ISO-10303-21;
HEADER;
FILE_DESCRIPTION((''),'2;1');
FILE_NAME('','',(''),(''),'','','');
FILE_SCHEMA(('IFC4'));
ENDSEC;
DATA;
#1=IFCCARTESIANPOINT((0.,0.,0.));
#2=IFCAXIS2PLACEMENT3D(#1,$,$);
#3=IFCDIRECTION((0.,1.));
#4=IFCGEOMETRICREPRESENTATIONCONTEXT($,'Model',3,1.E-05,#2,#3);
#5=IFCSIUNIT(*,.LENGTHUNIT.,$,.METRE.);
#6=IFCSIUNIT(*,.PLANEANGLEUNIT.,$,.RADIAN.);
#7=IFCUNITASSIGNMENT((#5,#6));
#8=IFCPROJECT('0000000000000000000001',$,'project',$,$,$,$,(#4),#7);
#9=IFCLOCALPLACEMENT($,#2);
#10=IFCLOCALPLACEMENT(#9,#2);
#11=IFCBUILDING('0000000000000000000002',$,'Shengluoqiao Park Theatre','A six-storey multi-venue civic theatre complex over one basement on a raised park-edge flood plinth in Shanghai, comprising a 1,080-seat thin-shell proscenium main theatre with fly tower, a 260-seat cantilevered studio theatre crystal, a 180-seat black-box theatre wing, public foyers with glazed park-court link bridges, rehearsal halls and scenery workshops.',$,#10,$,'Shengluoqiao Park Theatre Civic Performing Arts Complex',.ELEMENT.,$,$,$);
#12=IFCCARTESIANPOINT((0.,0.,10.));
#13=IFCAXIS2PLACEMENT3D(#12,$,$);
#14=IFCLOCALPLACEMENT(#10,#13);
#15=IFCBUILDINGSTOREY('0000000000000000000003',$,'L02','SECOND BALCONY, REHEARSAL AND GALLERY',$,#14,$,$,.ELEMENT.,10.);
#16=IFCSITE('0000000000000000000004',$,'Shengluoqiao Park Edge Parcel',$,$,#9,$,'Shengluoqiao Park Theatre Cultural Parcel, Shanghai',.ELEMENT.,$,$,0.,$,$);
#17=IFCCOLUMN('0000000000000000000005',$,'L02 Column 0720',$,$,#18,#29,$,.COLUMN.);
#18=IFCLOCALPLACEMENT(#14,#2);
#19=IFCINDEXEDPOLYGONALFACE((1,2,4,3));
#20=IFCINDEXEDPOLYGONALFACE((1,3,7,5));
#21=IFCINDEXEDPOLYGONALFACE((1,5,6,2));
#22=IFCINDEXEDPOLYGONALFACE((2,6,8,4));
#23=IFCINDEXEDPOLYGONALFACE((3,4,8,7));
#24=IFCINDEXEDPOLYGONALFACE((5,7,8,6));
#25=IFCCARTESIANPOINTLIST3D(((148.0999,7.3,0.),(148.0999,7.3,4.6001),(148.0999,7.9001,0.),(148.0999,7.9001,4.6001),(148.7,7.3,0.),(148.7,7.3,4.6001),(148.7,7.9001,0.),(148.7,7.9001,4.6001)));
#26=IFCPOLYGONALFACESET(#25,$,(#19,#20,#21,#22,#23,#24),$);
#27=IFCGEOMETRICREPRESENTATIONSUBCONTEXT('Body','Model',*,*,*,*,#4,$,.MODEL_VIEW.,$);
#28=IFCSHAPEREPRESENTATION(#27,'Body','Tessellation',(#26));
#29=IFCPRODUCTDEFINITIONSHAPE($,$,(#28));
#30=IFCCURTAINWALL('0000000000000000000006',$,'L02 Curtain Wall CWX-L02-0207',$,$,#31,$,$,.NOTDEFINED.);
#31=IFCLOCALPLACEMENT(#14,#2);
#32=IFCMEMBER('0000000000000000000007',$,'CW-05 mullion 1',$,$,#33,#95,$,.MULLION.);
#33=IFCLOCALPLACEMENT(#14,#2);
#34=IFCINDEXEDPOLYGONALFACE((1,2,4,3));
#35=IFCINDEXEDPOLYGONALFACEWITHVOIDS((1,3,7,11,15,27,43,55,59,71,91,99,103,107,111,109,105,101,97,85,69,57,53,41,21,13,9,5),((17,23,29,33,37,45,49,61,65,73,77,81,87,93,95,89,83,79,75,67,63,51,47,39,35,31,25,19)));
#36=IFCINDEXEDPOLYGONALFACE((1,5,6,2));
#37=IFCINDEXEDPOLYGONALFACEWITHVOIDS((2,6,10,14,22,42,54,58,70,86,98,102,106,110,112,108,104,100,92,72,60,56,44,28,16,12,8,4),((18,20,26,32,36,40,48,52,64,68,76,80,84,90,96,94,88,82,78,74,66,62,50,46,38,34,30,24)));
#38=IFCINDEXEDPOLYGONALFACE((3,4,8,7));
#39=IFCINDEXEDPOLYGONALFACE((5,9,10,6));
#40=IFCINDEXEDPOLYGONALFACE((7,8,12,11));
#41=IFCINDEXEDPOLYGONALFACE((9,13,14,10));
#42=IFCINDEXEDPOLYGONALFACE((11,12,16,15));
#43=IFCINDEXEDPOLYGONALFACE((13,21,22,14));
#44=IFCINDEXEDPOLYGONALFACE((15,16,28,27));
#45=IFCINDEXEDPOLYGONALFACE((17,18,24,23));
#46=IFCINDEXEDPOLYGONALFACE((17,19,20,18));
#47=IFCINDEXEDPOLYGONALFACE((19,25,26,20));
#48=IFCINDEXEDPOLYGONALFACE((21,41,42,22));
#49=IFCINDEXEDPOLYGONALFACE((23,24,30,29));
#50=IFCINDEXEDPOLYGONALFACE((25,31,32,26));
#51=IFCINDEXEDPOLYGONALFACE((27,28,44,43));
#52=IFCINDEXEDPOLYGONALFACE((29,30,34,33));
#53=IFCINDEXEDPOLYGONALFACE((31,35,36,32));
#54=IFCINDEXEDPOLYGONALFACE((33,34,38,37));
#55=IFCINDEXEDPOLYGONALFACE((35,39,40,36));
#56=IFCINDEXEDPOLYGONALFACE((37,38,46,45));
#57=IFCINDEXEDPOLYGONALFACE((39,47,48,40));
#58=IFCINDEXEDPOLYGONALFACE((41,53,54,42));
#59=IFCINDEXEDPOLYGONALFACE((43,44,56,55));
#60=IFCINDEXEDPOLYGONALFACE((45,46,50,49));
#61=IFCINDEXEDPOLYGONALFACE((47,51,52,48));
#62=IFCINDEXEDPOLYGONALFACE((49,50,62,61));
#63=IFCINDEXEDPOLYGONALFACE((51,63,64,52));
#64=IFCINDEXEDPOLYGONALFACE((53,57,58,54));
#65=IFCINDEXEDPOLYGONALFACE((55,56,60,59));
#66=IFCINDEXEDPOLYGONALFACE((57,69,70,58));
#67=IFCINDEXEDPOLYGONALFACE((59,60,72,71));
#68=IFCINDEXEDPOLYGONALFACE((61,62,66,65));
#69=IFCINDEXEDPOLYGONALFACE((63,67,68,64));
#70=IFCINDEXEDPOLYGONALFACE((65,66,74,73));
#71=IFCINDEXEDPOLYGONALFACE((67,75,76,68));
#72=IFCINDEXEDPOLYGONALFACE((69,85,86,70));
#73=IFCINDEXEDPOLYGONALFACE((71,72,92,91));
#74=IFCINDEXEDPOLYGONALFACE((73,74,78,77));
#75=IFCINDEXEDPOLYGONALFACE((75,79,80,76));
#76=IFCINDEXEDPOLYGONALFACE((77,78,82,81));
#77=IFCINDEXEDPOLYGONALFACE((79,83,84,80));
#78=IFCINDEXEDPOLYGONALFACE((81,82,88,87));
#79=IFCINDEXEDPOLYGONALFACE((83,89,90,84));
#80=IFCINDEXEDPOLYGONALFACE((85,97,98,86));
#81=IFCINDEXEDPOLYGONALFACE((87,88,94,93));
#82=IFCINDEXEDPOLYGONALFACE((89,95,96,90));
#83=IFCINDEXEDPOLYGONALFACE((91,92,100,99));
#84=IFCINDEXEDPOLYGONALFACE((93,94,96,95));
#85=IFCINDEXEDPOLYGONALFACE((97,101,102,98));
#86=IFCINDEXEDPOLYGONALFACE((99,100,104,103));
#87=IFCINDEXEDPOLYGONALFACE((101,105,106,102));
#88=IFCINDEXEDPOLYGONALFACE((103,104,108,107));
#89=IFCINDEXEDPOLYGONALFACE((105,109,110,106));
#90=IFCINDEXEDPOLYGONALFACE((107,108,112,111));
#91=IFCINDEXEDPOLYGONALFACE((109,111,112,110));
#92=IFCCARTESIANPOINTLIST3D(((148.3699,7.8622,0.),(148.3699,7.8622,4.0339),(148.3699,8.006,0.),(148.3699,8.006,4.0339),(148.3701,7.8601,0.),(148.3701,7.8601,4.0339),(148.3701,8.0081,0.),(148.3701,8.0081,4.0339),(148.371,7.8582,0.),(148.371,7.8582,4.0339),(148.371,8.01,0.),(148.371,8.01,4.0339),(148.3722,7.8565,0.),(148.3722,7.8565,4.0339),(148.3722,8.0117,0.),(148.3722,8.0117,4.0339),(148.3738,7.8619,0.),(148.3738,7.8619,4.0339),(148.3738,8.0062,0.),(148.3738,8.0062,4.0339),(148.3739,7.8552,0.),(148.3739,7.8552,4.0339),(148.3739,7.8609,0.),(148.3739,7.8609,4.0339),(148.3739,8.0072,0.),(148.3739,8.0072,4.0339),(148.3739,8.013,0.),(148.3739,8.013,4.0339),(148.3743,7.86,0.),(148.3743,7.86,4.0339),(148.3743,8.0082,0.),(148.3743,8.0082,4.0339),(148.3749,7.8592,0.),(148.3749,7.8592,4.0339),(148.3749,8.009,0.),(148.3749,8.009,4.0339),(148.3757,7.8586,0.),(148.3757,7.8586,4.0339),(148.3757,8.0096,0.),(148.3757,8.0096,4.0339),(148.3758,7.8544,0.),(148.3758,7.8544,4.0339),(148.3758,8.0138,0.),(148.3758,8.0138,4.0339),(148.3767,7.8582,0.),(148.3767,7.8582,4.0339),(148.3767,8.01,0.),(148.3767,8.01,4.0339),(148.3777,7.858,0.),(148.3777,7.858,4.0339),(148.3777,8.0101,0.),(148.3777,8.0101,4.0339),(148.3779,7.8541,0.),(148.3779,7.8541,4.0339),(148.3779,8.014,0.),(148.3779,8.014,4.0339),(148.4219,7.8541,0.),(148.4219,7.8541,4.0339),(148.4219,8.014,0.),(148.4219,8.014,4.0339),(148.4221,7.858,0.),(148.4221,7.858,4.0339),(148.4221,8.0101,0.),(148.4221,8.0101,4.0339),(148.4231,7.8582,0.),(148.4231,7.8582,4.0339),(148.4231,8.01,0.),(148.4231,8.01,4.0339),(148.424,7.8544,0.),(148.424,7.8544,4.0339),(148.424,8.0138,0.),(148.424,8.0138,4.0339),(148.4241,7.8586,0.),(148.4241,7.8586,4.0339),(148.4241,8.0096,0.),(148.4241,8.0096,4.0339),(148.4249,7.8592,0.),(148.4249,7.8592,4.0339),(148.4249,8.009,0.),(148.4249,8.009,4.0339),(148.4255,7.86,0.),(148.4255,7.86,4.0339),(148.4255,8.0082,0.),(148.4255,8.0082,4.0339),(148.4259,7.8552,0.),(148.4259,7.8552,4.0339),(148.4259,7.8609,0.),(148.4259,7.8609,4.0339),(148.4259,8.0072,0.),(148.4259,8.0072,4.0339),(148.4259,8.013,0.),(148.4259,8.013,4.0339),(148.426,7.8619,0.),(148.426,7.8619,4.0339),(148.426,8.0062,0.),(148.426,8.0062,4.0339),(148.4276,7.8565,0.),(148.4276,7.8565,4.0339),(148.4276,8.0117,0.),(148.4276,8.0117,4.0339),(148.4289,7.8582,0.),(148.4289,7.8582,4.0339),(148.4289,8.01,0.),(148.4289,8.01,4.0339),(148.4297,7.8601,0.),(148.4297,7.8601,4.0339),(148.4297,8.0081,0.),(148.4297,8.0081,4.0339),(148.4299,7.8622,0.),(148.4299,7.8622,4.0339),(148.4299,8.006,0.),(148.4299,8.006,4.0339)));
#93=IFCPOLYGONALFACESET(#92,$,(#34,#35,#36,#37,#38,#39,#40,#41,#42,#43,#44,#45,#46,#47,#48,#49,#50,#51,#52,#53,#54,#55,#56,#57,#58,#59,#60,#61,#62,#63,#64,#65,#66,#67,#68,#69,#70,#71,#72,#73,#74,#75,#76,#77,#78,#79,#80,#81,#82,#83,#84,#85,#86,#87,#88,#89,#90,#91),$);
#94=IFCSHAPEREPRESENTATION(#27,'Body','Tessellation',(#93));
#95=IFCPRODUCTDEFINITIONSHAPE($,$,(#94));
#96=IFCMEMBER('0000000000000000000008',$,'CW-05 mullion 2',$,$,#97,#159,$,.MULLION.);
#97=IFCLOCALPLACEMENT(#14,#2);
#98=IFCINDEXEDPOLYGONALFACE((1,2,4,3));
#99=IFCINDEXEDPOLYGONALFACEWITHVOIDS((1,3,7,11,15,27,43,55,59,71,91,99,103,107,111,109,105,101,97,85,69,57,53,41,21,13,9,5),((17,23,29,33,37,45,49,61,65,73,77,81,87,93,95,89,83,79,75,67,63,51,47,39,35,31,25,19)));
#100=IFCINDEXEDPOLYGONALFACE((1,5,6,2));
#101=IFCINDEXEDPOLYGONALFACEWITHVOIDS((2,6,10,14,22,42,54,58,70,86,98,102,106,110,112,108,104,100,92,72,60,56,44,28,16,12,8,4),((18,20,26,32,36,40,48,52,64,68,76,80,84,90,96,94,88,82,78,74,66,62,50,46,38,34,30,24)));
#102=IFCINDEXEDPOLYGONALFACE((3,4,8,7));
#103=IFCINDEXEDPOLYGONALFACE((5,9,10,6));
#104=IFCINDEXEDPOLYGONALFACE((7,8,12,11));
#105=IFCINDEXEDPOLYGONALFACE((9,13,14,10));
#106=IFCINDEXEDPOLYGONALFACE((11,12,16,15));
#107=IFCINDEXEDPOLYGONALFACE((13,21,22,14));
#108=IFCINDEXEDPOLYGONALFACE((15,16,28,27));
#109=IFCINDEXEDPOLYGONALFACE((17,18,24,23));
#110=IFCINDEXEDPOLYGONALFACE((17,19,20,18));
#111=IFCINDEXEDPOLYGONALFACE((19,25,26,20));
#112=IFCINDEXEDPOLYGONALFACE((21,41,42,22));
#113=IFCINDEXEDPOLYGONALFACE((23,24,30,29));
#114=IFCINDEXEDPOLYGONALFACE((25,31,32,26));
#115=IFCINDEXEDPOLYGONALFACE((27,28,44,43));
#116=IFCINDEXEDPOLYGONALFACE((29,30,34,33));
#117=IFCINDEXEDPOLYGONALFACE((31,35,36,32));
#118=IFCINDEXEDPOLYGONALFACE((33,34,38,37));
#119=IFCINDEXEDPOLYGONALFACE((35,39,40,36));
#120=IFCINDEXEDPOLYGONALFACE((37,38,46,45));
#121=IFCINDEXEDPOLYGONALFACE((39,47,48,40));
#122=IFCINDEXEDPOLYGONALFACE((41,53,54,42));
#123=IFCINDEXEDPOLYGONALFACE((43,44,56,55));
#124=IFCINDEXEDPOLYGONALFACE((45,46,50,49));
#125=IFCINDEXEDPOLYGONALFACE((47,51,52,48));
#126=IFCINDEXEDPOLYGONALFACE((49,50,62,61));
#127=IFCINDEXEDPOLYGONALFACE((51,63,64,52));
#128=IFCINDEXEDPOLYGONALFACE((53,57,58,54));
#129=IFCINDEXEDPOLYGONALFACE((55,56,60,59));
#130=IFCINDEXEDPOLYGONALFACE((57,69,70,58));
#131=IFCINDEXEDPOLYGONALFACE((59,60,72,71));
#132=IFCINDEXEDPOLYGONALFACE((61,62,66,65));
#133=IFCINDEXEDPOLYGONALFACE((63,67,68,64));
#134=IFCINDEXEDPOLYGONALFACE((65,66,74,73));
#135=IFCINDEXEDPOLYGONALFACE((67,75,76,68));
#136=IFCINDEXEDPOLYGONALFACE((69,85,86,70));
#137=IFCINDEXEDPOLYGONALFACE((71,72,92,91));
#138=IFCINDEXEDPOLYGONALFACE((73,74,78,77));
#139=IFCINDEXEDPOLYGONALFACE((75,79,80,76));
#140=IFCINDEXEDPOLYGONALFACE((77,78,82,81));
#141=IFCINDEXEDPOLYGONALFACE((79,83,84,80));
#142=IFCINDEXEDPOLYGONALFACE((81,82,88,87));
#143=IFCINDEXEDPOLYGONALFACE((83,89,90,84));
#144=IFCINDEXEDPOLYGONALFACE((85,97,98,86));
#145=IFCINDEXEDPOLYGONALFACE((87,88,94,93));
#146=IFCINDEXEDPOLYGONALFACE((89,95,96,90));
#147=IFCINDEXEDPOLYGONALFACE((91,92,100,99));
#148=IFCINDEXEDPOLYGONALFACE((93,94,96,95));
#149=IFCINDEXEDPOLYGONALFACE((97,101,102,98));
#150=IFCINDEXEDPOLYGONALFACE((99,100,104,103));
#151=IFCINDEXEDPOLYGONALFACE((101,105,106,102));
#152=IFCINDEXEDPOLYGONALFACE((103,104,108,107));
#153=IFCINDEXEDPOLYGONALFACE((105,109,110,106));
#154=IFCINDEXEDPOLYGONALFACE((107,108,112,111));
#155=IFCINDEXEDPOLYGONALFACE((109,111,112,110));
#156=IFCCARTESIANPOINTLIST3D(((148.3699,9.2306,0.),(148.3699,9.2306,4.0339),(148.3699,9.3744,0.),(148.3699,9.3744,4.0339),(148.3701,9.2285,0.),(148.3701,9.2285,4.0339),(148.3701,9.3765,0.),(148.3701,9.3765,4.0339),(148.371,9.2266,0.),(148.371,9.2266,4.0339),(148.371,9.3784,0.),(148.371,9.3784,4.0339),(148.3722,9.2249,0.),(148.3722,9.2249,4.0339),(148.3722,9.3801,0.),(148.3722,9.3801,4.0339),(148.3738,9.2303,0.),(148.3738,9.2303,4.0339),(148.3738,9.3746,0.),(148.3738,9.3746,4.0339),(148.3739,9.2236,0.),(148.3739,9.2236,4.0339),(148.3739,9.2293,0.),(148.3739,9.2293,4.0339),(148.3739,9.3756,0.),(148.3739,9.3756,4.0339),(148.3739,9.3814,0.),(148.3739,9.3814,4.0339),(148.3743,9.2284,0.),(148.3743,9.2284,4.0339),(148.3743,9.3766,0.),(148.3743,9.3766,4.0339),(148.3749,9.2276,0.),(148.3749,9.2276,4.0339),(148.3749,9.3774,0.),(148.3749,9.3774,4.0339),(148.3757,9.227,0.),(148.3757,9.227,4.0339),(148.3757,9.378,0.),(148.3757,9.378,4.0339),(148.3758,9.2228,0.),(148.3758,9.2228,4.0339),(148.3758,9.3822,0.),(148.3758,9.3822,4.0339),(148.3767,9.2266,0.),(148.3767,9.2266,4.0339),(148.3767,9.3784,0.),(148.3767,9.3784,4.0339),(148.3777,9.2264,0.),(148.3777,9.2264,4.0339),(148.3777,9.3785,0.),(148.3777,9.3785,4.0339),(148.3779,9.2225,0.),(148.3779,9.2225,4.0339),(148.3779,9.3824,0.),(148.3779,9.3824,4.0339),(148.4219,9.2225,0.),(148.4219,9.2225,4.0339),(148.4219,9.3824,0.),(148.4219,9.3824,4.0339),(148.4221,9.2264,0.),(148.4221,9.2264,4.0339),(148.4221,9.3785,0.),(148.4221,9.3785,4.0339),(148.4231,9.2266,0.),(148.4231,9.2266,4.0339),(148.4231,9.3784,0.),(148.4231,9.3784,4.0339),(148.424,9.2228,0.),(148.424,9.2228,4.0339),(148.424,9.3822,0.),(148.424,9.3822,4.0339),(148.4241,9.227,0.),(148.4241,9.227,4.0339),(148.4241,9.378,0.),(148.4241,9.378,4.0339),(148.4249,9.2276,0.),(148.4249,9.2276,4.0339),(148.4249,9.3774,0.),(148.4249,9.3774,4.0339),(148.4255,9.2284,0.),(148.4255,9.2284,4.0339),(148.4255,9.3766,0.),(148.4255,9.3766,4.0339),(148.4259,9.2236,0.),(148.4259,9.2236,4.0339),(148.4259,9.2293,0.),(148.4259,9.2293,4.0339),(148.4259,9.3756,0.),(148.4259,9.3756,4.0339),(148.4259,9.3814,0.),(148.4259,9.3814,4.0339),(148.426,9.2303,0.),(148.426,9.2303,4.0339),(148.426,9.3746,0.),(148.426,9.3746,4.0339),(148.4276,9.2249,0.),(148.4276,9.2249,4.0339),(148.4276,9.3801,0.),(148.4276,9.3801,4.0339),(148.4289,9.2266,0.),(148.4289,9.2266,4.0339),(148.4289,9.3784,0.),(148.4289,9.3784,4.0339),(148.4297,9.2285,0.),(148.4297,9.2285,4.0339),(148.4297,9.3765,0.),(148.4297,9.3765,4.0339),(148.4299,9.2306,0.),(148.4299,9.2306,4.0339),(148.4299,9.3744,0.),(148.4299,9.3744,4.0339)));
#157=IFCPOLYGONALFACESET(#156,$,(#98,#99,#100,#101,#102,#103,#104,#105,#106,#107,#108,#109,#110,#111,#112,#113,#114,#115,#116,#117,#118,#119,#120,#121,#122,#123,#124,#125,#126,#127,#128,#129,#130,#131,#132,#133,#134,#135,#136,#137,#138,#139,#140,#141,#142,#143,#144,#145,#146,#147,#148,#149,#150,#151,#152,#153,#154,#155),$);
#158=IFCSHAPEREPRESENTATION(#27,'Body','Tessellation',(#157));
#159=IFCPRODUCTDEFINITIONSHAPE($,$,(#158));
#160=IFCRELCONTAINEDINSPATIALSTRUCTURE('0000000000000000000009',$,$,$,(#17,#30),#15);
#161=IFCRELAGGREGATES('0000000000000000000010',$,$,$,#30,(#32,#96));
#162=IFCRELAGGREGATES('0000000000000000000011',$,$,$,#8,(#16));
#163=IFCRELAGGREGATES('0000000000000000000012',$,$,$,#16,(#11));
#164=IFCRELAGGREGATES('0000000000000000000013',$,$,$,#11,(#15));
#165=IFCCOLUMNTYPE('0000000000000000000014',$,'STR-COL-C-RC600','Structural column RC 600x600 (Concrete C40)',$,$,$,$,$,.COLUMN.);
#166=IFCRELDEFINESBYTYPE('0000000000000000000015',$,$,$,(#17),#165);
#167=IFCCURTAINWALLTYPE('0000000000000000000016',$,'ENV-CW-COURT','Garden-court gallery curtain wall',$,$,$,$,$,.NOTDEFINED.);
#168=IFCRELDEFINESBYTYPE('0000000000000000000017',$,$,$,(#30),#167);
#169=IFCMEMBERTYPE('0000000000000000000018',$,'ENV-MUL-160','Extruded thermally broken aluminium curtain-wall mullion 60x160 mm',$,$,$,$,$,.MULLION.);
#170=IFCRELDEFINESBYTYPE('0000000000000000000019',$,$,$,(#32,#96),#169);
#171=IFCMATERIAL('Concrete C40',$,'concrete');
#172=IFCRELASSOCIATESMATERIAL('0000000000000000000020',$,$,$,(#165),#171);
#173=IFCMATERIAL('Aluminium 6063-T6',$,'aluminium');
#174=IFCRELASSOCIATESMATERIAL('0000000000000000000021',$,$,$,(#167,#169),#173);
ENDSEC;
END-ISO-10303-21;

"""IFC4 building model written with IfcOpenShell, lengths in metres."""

from ifc_helpers import new_model, si_unit, direction, frame, origin, origin_2d, place, context, subcontext, project, spatial, rectangle, hollow_rectangle, extrude, material, material_profile, profile_set, type_object, element, aggregate, save


model = new_model("IFC4")

# Units and contexts
model_context = context("Model", 3, precision=1e-05, world=origin(), true_north=direction((0.0, 1.0)))
body_context = subcontext(model_context, "Body", "Model", "MODEL_VIEW")
ifc_project = project(units=[si_unit("LENGTHUNIT", "METRE"), si_unit("PLANEANGLEUNIT", "RADIAN")], contexts=[model_context])

# Site, building, storey
site_placement = place(None, origin())
site = spatial("IfcSite", under=ifc_project, at=site_placement, Name="Shengluoqiao Park Edge Parcel", LongName="Shengluoqiao Park Theatre Cultural Parcel, Shanghai", CompositionType="ELEMENT", RefElevation=0.0)
building_placement = place(site_placement, origin())
building = spatial("IfcBuilding", under=site, at=building_placement, Name="Shengluoqiao Park Theatre", Description="A six-storey multi-venue civic theatre complex over one basement on a raised park-edge flood plinth in Shanghai, comprising a 1,080-seat thin-shell proscenium main theatre with fly tower, a 260-seat cantilevered studio theatre crystal, a 180-seat black-box theatre wing, public foyers with glazed park-court link bridges, rehearsal halls and scenery workshops.", LongName="Shengluoqiao Park Theatre Civic Performing Arts Complex", CompositionType="ELEMENT")
storey_placement = place(building_placement, frame((0.0, 0.0, 10.0)))
storey = spatial("IfcBuildingStorey", under=building, at=storey_placement, Name="L02", Description="SECOND BALCONY, REHEARSAL AND GALLERY", CompositionType="ELEMENT", Elevation=10.0)

# Column
ifc_material_1 = material(Name="Concrete C40", Category="concrete")
ifc_material_profile_1 = material_profile(ifc_material_1, rectangle(XDim=0.6001, YDim=0.6001, at=origin_2d()), Name="RC 600x600")
ifc_profile_set_1 = profile_set([ifc_material_profile_1], Name="Concrete C40")
column_type = type_object("IfcColumnType", Name="STR-COL-C-RC600", Description="Structural column RC 600x600 (Concrete C40)", PredefinedType="COLUMN", material=ifc_profile_set_1)
column_placement = place(storey_placement, frame((148.3999, 7.6001, 0.0), z_axis=(0.0, 0.0, 1.0), x_axis=(1.0, 0.0, 0.0)))
element("IfcColumn", 1, at=column_placement, inside=storey, type_object=column_type, Name="L02 Column 0720", PredefinedType="COLUMN", context=body_context, shape_type="SweptSolid", body=[
    extrude(rectangle(XDim=0.6001, YDim=0.6001, at=origin_2d()), origin(), (0.0, 0.0, 1.0), 4.6001),
])

# Curtain wall, members
ifc_material_2 = material(Name="Aluminium 6063-T6", Category="aluminium")
curtain_wall_type = type_object("IfcCurtainWallType", Name="ENV-CW-COURT", Description="Garden-court gallery curtain wall", PredefinedType="NOTDEFINED", material=ifc_material_2)
curtain_wall_placement = place(storey_placement, origin())
curtain_wall = element("IfcCurtainWall", 2, at=curtain_wall_placement, inside=storey, type_object=curtain_wall_type, Name="L02 Curtain Wall CWX-L02-0207", PredefinedType="NOTDEFINED")
ifc_material_profile_2 = material_profile(ifc_material_2, hollow_rectangle(XDim=0.0601, YDim=0.1599, WallThickness=0.0039, InnerFilletRadius=0.0039, OuterFilletRadius=0.0081, at=origin_2d()), Name="ALU MULLION 160x60x4")
ifc_profile_set_2 = profile_set([ifc_material_profile_2], Name="Aluminium 6063-T6")
member_type_1 = type_object("IfcMemberType", Name="ENV-MUL-160", Description="Extruded thermally broken aluminium curtain-wall mullion 60x160 mm", PredefinedType="MULLION", material=ifc_profile_set_2)
member_1_placement = place(storey_placement, frame((148.3999, 7.9341, 0.0), z_axis=(0.0, 0.0, 1.0), x_axis=(-1.0, 0.0, 0.0)))
member_1 = element("IfcMember", 3, at=member_1_placement, type_object=member_type_1, Name="CW-05 mullion 1", PredefinedType="MULLION", context=body_context, shape_type="SweptSolid", body=[
    extrude(hollow_rectangle(XDim=0.0601, YDim=0.1599, WallThickness=0.0039, InnerFilletRadius=0.0039, OuterFilletRadius=0.0081, at=origin_2d()), origin(), (0.0, 0.0, 1.0), 4.0339),
])
member_2_placement = place(storey_placement, frame((148.3999, 9.3025, 0.0), z_axis=(0.0, 0.0, 1.0), x_axis=(-1.0, 0.0, 0.0)))
member_2 = element("IfcMember", 4, at=member_2_placement, type_object=member_type_1, Name="CW-05 mullion 2", PredefinedType="MULLION", context=body_context, shape_type="SweptSolid", body=[
    extrude(hollow_rectangle(XDim=0.0601, YDim=0.1599, WallThickness=0.0039, InnerFilletRadius=0.0039, OuterFilletRadius=0.0081, at=origin_2d()), origin(), (0.0, 0.0, 1.0), 4.0339),
])

aggregate(curtain_wall, [member_1, member_2])

save(model, "model.ifc")
